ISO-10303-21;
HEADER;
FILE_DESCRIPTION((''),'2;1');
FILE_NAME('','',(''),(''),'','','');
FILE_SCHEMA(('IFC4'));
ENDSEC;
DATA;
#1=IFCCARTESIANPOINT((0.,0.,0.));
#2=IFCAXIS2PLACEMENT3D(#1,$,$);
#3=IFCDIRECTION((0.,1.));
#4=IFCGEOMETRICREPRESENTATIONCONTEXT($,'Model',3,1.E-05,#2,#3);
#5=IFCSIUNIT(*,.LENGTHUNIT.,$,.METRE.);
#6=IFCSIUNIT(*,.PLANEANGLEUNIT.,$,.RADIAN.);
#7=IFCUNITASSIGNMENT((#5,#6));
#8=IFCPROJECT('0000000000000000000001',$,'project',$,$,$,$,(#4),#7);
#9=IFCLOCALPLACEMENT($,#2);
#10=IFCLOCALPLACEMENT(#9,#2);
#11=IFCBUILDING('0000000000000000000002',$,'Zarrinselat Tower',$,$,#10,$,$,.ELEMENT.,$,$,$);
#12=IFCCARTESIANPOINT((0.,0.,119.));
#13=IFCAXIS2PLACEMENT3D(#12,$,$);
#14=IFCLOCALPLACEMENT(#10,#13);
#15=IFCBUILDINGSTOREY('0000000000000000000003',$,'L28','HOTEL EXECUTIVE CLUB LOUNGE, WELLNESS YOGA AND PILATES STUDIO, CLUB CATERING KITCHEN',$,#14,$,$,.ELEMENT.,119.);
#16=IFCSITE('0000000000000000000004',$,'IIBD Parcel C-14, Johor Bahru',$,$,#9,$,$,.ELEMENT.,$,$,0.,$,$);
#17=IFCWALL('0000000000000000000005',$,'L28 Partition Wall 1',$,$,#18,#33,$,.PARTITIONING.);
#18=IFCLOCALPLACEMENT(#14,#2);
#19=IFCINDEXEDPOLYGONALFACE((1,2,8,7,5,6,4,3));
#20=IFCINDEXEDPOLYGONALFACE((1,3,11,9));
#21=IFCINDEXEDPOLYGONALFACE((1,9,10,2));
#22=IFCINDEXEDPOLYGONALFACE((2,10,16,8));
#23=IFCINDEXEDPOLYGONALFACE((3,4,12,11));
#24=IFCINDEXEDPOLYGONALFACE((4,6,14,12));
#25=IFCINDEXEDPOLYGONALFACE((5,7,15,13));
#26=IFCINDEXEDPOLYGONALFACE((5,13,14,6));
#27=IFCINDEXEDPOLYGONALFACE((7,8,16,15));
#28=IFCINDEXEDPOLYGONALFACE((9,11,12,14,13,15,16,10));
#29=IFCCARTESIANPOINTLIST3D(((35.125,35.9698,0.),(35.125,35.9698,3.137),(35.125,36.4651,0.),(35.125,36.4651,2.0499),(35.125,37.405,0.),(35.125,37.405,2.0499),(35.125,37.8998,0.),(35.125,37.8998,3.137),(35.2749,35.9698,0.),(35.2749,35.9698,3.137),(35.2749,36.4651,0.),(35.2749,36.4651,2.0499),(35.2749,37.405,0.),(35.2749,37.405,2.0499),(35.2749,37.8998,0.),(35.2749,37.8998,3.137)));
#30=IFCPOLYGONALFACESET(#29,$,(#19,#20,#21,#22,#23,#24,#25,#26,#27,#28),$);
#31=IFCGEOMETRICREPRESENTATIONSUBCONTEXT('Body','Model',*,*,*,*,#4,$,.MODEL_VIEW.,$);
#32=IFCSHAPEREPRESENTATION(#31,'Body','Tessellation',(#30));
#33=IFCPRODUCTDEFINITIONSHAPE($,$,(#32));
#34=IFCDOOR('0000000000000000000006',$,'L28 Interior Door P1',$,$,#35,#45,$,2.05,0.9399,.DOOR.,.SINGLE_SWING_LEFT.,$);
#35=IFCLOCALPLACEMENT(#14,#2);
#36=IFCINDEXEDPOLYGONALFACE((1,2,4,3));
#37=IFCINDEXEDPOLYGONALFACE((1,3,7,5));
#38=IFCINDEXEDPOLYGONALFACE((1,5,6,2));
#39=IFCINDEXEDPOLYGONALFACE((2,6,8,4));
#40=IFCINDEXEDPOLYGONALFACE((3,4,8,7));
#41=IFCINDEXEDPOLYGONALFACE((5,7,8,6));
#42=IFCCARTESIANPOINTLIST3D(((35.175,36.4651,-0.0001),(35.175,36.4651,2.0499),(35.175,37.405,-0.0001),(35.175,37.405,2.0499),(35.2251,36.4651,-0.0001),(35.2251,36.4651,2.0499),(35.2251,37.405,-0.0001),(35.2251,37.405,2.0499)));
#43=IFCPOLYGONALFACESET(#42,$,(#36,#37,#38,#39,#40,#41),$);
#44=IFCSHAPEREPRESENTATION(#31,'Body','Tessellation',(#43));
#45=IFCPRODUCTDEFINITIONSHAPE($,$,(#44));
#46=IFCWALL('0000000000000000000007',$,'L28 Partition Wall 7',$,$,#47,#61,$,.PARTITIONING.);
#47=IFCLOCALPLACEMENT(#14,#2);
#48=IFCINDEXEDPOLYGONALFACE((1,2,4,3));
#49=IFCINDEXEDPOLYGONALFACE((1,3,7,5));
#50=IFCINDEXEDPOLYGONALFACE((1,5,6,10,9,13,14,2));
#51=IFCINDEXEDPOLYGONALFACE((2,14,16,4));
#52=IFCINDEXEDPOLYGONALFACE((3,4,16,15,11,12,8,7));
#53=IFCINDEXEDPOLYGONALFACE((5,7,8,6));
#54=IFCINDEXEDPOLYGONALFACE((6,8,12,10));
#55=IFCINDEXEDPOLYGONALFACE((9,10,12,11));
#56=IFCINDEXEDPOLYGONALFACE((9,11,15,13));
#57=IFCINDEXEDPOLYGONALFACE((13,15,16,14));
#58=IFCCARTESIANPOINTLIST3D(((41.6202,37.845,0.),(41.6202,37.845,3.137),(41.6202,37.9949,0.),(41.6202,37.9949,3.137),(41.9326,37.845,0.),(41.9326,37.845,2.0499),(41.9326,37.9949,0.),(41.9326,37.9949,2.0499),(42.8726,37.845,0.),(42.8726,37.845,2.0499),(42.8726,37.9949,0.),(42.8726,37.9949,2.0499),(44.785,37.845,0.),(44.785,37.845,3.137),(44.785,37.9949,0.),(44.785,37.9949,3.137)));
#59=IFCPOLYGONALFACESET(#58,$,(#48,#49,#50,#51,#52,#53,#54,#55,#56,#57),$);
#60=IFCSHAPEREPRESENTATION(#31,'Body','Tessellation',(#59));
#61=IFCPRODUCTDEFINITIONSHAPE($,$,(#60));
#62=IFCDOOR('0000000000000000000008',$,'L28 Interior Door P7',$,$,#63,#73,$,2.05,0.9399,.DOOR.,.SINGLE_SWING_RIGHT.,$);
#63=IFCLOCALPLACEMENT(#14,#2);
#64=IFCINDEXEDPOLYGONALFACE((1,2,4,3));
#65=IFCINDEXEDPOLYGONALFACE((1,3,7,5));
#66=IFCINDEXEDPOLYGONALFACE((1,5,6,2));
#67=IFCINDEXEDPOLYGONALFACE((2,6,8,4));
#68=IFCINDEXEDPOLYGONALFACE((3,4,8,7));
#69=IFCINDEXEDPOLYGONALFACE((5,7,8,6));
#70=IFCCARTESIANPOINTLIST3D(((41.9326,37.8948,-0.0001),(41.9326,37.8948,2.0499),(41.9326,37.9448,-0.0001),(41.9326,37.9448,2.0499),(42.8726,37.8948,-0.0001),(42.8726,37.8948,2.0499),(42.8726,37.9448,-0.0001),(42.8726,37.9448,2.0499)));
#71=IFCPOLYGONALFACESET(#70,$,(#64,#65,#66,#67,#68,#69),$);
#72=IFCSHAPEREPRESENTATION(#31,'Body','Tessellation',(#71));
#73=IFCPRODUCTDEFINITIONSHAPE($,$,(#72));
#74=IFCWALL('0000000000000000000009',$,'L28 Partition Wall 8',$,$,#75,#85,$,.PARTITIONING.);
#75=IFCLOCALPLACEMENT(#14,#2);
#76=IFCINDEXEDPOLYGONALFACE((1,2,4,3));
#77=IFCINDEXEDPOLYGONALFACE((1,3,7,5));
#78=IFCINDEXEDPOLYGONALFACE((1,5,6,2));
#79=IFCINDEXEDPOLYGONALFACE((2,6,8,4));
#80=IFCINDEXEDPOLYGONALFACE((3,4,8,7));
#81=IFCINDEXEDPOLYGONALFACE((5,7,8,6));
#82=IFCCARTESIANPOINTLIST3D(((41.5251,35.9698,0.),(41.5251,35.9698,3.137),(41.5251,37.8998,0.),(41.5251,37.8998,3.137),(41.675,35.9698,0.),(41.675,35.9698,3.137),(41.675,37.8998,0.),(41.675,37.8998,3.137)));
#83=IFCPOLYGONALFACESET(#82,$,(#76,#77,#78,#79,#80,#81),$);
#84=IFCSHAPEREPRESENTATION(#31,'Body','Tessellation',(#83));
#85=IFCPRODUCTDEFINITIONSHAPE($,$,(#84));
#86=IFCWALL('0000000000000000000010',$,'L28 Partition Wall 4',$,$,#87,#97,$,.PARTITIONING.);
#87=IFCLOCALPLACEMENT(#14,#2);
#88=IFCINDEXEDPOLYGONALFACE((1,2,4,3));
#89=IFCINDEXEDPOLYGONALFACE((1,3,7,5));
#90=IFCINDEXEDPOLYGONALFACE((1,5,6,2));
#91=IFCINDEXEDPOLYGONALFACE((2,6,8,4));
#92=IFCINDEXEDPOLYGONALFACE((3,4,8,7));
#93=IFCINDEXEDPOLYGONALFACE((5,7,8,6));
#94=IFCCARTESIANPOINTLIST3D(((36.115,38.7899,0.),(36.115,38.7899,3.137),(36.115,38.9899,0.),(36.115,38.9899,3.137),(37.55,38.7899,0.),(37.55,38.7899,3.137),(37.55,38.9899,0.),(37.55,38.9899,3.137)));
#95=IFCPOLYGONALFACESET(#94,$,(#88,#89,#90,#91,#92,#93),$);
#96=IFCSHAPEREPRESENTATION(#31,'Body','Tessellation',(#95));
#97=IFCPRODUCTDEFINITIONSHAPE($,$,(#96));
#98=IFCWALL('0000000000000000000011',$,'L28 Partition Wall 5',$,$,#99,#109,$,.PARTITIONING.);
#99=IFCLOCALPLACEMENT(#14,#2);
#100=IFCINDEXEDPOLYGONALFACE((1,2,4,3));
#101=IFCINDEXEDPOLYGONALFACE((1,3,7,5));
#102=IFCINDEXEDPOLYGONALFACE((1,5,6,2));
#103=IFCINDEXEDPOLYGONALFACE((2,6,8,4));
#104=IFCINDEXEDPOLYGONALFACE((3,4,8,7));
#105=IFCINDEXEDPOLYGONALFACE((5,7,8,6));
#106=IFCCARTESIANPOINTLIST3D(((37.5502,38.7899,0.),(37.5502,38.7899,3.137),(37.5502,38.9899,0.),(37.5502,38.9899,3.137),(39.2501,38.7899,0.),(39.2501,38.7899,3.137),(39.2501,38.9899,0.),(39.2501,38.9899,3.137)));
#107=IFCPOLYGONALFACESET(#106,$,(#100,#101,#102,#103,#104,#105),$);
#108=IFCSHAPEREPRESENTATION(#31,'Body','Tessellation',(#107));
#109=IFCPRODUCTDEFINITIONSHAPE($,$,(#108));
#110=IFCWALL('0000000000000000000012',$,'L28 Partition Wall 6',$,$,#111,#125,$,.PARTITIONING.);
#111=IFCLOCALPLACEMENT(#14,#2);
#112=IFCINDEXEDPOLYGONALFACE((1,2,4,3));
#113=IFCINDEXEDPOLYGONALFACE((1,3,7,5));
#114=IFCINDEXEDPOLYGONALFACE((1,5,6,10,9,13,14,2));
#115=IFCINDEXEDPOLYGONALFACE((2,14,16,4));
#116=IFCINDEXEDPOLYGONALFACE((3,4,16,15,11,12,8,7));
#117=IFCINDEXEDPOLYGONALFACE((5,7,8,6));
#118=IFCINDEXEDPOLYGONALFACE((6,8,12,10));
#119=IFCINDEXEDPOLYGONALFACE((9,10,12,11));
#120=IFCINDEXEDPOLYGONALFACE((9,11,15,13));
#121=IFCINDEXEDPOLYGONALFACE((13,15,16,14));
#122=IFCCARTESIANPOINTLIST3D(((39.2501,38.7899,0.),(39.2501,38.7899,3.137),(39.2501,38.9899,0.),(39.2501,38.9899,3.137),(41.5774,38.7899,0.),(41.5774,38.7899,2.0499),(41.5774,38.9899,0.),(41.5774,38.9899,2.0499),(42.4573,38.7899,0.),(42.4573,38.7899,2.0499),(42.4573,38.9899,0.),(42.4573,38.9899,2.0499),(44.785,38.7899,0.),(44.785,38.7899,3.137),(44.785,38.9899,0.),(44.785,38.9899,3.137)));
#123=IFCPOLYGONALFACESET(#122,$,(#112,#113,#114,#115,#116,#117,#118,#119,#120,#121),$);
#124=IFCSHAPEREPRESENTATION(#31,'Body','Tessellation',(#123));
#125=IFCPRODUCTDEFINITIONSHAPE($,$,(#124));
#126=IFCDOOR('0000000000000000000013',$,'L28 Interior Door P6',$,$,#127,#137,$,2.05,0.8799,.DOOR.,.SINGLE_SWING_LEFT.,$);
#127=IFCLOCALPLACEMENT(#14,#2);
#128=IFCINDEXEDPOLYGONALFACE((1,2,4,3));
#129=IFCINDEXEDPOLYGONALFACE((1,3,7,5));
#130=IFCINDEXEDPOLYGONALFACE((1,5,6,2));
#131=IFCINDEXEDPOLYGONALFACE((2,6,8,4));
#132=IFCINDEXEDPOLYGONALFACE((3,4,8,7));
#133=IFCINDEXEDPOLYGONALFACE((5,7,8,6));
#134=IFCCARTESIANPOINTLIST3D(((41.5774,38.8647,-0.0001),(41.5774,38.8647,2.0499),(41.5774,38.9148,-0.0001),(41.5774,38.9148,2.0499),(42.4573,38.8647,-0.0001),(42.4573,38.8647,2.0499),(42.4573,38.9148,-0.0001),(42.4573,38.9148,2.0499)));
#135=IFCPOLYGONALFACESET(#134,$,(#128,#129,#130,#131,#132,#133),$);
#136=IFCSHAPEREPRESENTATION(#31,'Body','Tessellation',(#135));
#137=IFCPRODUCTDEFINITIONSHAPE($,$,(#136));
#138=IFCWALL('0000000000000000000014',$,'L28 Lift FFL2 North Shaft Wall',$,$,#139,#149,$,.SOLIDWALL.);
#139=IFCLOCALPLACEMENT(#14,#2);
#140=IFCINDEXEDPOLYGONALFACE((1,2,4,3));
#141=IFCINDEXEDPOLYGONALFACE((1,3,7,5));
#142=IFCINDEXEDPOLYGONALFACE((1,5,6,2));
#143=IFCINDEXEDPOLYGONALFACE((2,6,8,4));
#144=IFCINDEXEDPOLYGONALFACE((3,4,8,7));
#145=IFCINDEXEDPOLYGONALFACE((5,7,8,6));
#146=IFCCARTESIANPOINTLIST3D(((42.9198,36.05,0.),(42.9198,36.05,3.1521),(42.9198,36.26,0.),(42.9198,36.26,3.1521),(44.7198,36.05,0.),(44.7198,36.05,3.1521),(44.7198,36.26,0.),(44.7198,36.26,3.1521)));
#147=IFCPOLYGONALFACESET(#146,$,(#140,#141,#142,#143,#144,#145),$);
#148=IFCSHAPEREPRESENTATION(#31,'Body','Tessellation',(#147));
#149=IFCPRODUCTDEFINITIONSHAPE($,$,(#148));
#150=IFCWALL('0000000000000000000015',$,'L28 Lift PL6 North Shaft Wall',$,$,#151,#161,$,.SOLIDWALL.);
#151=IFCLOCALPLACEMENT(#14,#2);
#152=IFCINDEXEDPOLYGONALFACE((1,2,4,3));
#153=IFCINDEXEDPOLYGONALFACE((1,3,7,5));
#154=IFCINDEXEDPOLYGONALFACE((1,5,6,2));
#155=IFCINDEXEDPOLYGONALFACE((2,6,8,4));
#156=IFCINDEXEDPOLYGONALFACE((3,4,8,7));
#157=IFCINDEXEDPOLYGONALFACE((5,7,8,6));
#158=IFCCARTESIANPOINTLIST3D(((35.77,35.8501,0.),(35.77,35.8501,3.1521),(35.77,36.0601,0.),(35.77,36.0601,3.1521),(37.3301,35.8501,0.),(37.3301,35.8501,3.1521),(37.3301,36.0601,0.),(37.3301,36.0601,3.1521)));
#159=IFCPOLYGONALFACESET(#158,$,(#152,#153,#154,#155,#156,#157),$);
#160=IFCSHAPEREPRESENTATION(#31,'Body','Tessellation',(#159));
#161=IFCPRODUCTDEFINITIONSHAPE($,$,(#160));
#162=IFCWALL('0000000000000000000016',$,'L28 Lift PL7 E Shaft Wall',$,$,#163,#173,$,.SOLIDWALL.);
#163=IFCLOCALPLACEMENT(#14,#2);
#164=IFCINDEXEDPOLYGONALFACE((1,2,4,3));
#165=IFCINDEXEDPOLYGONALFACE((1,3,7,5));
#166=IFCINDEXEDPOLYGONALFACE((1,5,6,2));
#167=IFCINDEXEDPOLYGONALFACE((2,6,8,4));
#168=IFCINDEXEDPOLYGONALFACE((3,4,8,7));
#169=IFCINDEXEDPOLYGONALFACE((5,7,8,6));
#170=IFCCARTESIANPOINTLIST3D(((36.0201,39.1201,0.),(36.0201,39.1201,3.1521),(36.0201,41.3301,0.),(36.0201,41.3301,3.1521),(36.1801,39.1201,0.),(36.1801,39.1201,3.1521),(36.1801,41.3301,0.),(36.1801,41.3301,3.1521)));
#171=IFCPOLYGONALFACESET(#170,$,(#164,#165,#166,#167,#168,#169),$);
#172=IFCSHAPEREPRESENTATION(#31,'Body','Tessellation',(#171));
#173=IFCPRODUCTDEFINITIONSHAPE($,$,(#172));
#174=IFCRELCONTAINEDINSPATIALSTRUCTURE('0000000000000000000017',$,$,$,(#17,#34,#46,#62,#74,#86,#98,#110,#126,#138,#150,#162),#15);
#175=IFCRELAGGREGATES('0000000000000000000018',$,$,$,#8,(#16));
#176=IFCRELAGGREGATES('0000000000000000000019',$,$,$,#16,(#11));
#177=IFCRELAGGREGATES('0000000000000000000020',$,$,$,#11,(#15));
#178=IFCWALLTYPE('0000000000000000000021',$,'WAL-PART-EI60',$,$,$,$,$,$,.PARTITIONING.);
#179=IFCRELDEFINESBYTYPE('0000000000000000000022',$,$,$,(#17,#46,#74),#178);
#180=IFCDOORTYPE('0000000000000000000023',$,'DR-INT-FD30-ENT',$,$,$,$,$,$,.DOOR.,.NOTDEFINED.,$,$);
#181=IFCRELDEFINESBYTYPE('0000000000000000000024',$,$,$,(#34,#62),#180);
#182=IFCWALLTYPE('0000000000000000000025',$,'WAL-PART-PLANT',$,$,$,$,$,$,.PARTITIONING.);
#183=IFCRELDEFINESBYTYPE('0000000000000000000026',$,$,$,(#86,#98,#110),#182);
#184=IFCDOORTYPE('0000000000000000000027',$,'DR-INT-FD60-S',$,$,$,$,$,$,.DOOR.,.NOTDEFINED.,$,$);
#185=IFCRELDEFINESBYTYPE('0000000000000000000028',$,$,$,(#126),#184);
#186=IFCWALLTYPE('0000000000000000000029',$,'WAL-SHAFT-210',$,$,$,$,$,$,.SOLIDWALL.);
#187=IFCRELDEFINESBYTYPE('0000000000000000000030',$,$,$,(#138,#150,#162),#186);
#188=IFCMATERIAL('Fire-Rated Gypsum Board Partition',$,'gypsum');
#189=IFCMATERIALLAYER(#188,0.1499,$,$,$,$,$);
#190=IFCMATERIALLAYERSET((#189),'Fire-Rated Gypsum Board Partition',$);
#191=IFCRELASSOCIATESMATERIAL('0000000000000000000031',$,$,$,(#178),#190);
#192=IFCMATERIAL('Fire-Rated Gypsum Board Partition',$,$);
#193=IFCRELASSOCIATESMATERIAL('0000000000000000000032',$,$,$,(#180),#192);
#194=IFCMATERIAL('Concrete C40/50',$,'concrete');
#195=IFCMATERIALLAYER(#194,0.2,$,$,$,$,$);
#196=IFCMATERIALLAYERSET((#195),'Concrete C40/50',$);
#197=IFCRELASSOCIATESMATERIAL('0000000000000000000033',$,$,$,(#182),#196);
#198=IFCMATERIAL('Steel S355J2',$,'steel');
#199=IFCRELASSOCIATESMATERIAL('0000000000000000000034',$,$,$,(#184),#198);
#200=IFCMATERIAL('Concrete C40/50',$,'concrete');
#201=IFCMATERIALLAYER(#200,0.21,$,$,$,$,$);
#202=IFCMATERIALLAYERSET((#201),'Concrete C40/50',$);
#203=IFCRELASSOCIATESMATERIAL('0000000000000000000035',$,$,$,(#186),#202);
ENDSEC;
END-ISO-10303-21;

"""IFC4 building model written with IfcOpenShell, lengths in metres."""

from ifc_helpers import new_model, si_unit, direction, frame, frame_2d, origin, place, context, subcontext, project, spatial, rectangle, extrude, material, layer, layer_set, type_object, element, fill, save


model = new_model("IFC4")

# Units and contexts
model_context = context("Model", 3, precision=1e-05, world=origin(), true_north=direction((0.0, 1.0)))
body_context = subcontext(model_context, "Body", "Model", "MODEL_VIEW")
ifc_project = project(units=[si_unit("LENGTHUNIT", "METRE"), si_unit("PLANEANGLEUNIT", "RADIAN")], contexts=[model_context])

# Site, building, storey
site_placement = place(None, origin())
site = spatial("IfcSite", under=ifc_project, at=site_placement, Name="IIBD Parcel C-14, Johor Bahru", CompositionType="ELEMENT", RefElevation=0.0)
building_placement = place(site_placement, origin())
building = spatial("IfcBuilding", under=site, at=building_placement, Name="Zarrinselat Tower", CompositionType="ELEMENT")
storey_placement = place(building_placement, frame((0.0, 0.0, 119.0)))
storey = spatial("IfcBuildingStorey", under=building, at=storey_placement, Name="L28", Description="HOTEL EXECUTIVE CLUB LOUNGE, WELLNESS YOGA AND PILATES STUDIO, CLUB CATERING KITCHEN", CompositionType="ELEMENT", Elevation=119.0)

# Walls, openings, doors
ifc_material_1 = material(Name="Fire-Rated Gypsum Board Partition", Category="gypsum")
ifc_layer_1 = layer(ifc_material_1, 0.1499)
ifc_layer_set_1 = layer_set([ifc_layer_1], Name="Fire-Rated Gypsum Board Partition")
wall_type_1 = type_object("IfcWallType", Name="WAL-PART-EI60", PredefinedType="PARTITIONING", material=ifc_layer_set_1)
wall_1_placement = place(storey_placement, frame((35.2, 35.97, 0.0), z_axis=(0.0, 0.0, 1.0), x_axis=(0.0, 1.0, 0.0)))
wall_1 = element("IfcWall", 1, at=wall_1_placement, inside=storey, type_object=wall_type_1, Name="L28 Partition Wall 1", PredefinedType="PARTITIONING", context=body_context, shape_type="SweptSolid", body=[
    extrude(rectangle(XDim=1.9299, YDim=0.1499, at=frame_2d((0.9648, 0.0))), origin(), (0.0, 0.0, 1.0), 3.137),
])
opening_1_placement = place(wall_1_placement, frame((0.4951, 0.0, 0.0)))
opening_1 = element("IfcOpeningElement", 2, at=opening_1_placement, cuts=wall_1, PredefinedType="OPENING", context=body_context, shape_type="SweptSolid", body=[
    extrude(rectangle(XDim=0.9399, YDim=2.05, at=frame_2d((0.47, 1.0249))), frame((0.0, 0.085, 0.0), z_axis=(0.0, -1.0, 0.0), x_axis=(1.0, 0.0, 0.0)), (0.0, 0.0, 1.0), 0.1699),
])
ifc_material_2 = material(Name="Fire-Rated Gypsum Board Partition")
door_type_1 = type_object("IfcDoorType", Name="DR-INT-FD30-ENT", OperationType="NOTDEFINED", PredefinedType="DOOR", material=ifc_material_2)
door_1_placement = place(opening_1_placement, origin())
door_1 = element("IfcDoor", 3, at=door_1_placement, inside=storey, type_object=door_type_1, Name="L28 Interior Door P1", OperationType="SINGLE_SWING_LEFT", OverallHeight=2.05, OverallWidth=0.9399, PredefinedType="DOOR", context=body_context, shape_type="SweptSolid", body=[
    extrude(rectangle(XDim=0.9399, YDim=2.05, at=frame_2d((0.47, 1.0249))), frame((0.0, 0.0249, 0.0), z_axis=(0.0, -1.0, 0.0), x_axis=(1.0, 0.0, 0.0)), (0.0, 0.0, 1.0), 0.05),
])
fill(opening_1, door_1)
wall_2_placement = place(storey_placement, frame((41.6201, 37.9199, 0.0), z_axis=(0.0, 0.0, 1.0), x_axis=(1.0, 0.0, 0.0)))
wall_2 = element("IfcWall", 4, at=wall_2_placement, inside=storey, type_object=wall_type_1, Name="L28 Partition Wall 7", PredefinedType="PARTITIONING", context=body_context, shape_type="SweptSolid", body=[
    extrude(rectangle(XDim=3.1648, YDim=0.1499, at=frame_2d((1.5825, 0.0))), origin(), (0.0, 0.0, 1.0), 3.137),
])
opening_2_placement = place(wall_2_placement, frame((0.3125, 0.0, 0.0)))
opening_2 = element("IfcOpeningElement", 5, at=opening_2_placement, cuts=wall_2, PredefinedType="OPENING", context=body_context, shape_type="SweptSolid", body=[
    extrude(rectangle(XDim=0.9399, YDim=2.05, at=frame_2d((0.47, 1.0249))), frame((0.0, 0.085, 0.0), z_axis=(0.0, -1.0, 0.0), x_axis=(1.0, 0.0, 0.0)), (0.0, 0.0, 1.0), 0.1699),
])
door_2_placement = place(opening_2_placement, origin())
door_2 = element("IfcDoor", 6, at=door_2_placement, inside=storey, type_object=door_type_1, Name="L28 Interior Door P7", OperationType="SINGLE_SWING_RIGHT", OverallHeight=2.05, OverallWidth=0.9399, PredefinedType="DOOR", context=body_context, shape_type="SweptSolid", body=[
    extrude(rectangle(XDim=0.9399, YDim=2.05, at=frame_2d((0.47, 1.0249))), frame((0.0, 0.0249, 0.0), z_axis=(0.0, -1.0, 0.0), x_axis=(1.0, 0.0, 0.0)), (0.0, 0.0, 1.0), 0.05),
])
fill(opening_2, door_2)

# Walls
wall_3_placement = place(storey_placement, frame((41.6001, 35.97, 0.0), z_axis=(0.0, 0.0, 1.0), x_axis=(0.0, 1.0, 0.0)))
element("IfcWall", 7, at=wall_3_placement, inside=storey, type_object=wall_type_1, Name="L28 Partition Wall 8", PredefinedType="PARTITIONING", context=body_context, shape_type="SweptSolid", body=[
    extrude(rectangle(XDim=1.9299, YDim=0.1499, at=frame_2d((0.9648, 0.0))), origin(), (0.0, 0.0, 1.0), 3.137),
])
ifc_material_3 = material(Name="Concrete C40/50", Category="concrete")
ifc_layer_2 = layer(ifc_material_3, 0.2)
ifc_layer_set_2 = layer_set([ifc_layer_2], Name="Concrete C40/50")
wall_type_2 = type_object("IfcWallType", Name="WAL-PART-PLANT", PredefinedType="PARTITIONING", material=ifc_layer_set_2)
wall_4_placement = place(storey_placement, frame((36.115, 38.8899, 0.0), z_axis=(0.0, 0.0, 1.0), x_axis=(1.0, 0.0, 0.0)))
element("IfcWall", 8, at=wall_4_placement, inside=storey, type_object=wall_type_2, Name="L28 Partition Wall 4", PredefinedType="PARTITIONING", context=body_context, shape_type="SweptSolid", body=[
    extrude(rectangle(XDim=1.4351, YDim=0.2, at=frame_2d((0.7175, 0.0))), origin(), (0.0, 0.0, 1.0), 3.137),
])
wall_5_placement = place(storey_placement, frame((37.55, 38.8899, 0.0), z_axis=(0.0, 0.0, 1.0), x_axis=(1.0, 0.0, 0.0)))
element("IfcWall", 9, at=wall_5_placement, inside=storey, type_object=wall_type_2, Name="L28 Partition Wall 5", PredefinedType="PARTITIONING", context=body_context, shape_type="SweptSolid", body=[
    extrude(rectangle(XDim=1.7, YDim=0.2, at=frame_2d((0.8501, 0.0))), origin(), (0.0, 0.0, 1.0), 3.137),
])

# Wall, opening, door
wall_6_placement = place(storey_placement, frame((39.25, 38.8899, 0.0), z_axis=(0.0, 0.0, 1.0), x_axis=(1.0, 0.0, 0.0)))
wall_6 = element("IfcWall", 10, at=wall_6_placement, inside=storey, type_object=wall_type_2, Name="L28 Partition Wall 6", PredefinedType="PARTITIONING", context=body_context, shape_type="SweptSolid", body=[
    extrude(rectangle(XDim=5.5349, YDim=0.2, at=frame_2d((2.7676, 0.0))), origin(), (0.0, 0.0, 1.0), 3.137),
])
opening_3_placement = place(wall_6_placement, frame((2.3274, 0.0, 0.0)))
opening_3 = element("IfcOpeningElement", 11, at=opening_3_placement, cuts=wall_6, PredefinedType="OPENING", context=body_context, shape_type="SweptSolid", body=[
    extrude(rectangle(XDim=0.8799, YDim=2.05, at=frame_2d((0.4399, 1.0249))), frame((0.0, 0.1099, 0.0), z_axis=(0.0, -1.0, 0.0), x_axis=(1.0, 0.0, 0.0)), (0.0, 0.0, 1.0), 0.22),
])
ifc_material_4 = material(Name="Steel S355J2", Category="steel")
door_type_2 = type_object("IfcDoorType", Name="DR-INT-FD60-S", OperationType="NOTDEFINED", PredefinedType="DOOR", material=ifc_material_4)
door_3_placement = place(opening_3_placement, origin())
door_3 = element("IfcDoor", 12, at=door_3_placement, inside=storey, type_object=door_type_2, Name="L28 Interior Door P6", OperationType="SINGLE_SWING_LEFT", OverallHeight=2.05, OverallWidth=0.8799, PredefinedType="DOOR", context=body_context, shape_type="SweptSolid", body=[
    extrude(rectangle(XDim=0.8799, YDim=2.05, at=frame_2d((0.4399, 1.0249))), frame((0.0, 0.0249, 0.0), z_axis=(0.0, -1.0, 0.0), x_axis=(1.0, 0.0, 0.0)), (0.0, 0.0, 1.0), 0.05),
])
fill(opening_3, door_3)

# Walls
ifc_material_5 = material(Name="Concrete C40/50", Category="concrete")
ifc_layer_3 = layer(ifc_material_5, 0.21)
ifc_layer_set_3 = layer_set([ifc_layer_3], Name="Concrete C40/50")
wall_type_3 = type_object("IfcWallType", Name="WAL-SHAFT-210", PredefinedType="SOLIDWALL", material=ifc_layer_set_3)
wall_7_placement = place(storey_placement, frame((42.9199, 36.155, 0.0), z_axis=(0.0, 0.0, 1.0), x_axis=(1.0, 0.0, 0.0)))
element("IfcWall", 13, at=wall_7_placement, inside=storey, type_object=wall_type_3, Name="L28 Lift FFL2 North Shaft Wall", PredefinedType="SOLIDWALL", context=body_context, shape_type="SweptSolid", body=[
    extrude(rectangle(XDim=1.8, YDim=0.21, at=frame_2d((0.8999, 0.0))), origin(), (0.0, 0.0, 1.0), 3.1521),
])
wall_8_placement = place(storey_placement, frame((35.77, 35.9551, 0.0), z_axis=(0.0, 0.0, 1.0), x_axis=(1.0, 0.0, 0.0)))
element("IfcWall", 14, at=wall_8_placement, inside=storey, type_object=wall_type_3, Name="L28 Lift PL6 North Shaft Wall", PredefinedType="SOLIDWALL", context=body_context, shape_type="SweptSolid", body=[
    extrude(rectangle(XDim=1.5601, YDim=0.21, at=frame_2d((0.78, 0.0))), origin(), (0.0, 0.0, 1.0), 3.1521),
])
wall_9_placement = place(storey_placement, frame((36.1001, 39.1201, 0.0), z_axis=(0.0, 0.0, 1.0), x_axis=(0.0, 1.0, 0.0)))
element("IfcWall", 15, at=wall_9_placement, inside=storey, type_object=wall_type_3, Name="L28 Lift PL7 E Shaft Wall", PredefinedType="SOLIDWALL", context=body_context, shape_type="SweptSolid", body=[
    extrude(rectangle(XDim=2.21, YDim=0.1599, at=frame_2d((1.105, 0.0))), origin(), (0.0, 0.0, 1.0), 3.1521),
])

save(model, "model.ifc")
